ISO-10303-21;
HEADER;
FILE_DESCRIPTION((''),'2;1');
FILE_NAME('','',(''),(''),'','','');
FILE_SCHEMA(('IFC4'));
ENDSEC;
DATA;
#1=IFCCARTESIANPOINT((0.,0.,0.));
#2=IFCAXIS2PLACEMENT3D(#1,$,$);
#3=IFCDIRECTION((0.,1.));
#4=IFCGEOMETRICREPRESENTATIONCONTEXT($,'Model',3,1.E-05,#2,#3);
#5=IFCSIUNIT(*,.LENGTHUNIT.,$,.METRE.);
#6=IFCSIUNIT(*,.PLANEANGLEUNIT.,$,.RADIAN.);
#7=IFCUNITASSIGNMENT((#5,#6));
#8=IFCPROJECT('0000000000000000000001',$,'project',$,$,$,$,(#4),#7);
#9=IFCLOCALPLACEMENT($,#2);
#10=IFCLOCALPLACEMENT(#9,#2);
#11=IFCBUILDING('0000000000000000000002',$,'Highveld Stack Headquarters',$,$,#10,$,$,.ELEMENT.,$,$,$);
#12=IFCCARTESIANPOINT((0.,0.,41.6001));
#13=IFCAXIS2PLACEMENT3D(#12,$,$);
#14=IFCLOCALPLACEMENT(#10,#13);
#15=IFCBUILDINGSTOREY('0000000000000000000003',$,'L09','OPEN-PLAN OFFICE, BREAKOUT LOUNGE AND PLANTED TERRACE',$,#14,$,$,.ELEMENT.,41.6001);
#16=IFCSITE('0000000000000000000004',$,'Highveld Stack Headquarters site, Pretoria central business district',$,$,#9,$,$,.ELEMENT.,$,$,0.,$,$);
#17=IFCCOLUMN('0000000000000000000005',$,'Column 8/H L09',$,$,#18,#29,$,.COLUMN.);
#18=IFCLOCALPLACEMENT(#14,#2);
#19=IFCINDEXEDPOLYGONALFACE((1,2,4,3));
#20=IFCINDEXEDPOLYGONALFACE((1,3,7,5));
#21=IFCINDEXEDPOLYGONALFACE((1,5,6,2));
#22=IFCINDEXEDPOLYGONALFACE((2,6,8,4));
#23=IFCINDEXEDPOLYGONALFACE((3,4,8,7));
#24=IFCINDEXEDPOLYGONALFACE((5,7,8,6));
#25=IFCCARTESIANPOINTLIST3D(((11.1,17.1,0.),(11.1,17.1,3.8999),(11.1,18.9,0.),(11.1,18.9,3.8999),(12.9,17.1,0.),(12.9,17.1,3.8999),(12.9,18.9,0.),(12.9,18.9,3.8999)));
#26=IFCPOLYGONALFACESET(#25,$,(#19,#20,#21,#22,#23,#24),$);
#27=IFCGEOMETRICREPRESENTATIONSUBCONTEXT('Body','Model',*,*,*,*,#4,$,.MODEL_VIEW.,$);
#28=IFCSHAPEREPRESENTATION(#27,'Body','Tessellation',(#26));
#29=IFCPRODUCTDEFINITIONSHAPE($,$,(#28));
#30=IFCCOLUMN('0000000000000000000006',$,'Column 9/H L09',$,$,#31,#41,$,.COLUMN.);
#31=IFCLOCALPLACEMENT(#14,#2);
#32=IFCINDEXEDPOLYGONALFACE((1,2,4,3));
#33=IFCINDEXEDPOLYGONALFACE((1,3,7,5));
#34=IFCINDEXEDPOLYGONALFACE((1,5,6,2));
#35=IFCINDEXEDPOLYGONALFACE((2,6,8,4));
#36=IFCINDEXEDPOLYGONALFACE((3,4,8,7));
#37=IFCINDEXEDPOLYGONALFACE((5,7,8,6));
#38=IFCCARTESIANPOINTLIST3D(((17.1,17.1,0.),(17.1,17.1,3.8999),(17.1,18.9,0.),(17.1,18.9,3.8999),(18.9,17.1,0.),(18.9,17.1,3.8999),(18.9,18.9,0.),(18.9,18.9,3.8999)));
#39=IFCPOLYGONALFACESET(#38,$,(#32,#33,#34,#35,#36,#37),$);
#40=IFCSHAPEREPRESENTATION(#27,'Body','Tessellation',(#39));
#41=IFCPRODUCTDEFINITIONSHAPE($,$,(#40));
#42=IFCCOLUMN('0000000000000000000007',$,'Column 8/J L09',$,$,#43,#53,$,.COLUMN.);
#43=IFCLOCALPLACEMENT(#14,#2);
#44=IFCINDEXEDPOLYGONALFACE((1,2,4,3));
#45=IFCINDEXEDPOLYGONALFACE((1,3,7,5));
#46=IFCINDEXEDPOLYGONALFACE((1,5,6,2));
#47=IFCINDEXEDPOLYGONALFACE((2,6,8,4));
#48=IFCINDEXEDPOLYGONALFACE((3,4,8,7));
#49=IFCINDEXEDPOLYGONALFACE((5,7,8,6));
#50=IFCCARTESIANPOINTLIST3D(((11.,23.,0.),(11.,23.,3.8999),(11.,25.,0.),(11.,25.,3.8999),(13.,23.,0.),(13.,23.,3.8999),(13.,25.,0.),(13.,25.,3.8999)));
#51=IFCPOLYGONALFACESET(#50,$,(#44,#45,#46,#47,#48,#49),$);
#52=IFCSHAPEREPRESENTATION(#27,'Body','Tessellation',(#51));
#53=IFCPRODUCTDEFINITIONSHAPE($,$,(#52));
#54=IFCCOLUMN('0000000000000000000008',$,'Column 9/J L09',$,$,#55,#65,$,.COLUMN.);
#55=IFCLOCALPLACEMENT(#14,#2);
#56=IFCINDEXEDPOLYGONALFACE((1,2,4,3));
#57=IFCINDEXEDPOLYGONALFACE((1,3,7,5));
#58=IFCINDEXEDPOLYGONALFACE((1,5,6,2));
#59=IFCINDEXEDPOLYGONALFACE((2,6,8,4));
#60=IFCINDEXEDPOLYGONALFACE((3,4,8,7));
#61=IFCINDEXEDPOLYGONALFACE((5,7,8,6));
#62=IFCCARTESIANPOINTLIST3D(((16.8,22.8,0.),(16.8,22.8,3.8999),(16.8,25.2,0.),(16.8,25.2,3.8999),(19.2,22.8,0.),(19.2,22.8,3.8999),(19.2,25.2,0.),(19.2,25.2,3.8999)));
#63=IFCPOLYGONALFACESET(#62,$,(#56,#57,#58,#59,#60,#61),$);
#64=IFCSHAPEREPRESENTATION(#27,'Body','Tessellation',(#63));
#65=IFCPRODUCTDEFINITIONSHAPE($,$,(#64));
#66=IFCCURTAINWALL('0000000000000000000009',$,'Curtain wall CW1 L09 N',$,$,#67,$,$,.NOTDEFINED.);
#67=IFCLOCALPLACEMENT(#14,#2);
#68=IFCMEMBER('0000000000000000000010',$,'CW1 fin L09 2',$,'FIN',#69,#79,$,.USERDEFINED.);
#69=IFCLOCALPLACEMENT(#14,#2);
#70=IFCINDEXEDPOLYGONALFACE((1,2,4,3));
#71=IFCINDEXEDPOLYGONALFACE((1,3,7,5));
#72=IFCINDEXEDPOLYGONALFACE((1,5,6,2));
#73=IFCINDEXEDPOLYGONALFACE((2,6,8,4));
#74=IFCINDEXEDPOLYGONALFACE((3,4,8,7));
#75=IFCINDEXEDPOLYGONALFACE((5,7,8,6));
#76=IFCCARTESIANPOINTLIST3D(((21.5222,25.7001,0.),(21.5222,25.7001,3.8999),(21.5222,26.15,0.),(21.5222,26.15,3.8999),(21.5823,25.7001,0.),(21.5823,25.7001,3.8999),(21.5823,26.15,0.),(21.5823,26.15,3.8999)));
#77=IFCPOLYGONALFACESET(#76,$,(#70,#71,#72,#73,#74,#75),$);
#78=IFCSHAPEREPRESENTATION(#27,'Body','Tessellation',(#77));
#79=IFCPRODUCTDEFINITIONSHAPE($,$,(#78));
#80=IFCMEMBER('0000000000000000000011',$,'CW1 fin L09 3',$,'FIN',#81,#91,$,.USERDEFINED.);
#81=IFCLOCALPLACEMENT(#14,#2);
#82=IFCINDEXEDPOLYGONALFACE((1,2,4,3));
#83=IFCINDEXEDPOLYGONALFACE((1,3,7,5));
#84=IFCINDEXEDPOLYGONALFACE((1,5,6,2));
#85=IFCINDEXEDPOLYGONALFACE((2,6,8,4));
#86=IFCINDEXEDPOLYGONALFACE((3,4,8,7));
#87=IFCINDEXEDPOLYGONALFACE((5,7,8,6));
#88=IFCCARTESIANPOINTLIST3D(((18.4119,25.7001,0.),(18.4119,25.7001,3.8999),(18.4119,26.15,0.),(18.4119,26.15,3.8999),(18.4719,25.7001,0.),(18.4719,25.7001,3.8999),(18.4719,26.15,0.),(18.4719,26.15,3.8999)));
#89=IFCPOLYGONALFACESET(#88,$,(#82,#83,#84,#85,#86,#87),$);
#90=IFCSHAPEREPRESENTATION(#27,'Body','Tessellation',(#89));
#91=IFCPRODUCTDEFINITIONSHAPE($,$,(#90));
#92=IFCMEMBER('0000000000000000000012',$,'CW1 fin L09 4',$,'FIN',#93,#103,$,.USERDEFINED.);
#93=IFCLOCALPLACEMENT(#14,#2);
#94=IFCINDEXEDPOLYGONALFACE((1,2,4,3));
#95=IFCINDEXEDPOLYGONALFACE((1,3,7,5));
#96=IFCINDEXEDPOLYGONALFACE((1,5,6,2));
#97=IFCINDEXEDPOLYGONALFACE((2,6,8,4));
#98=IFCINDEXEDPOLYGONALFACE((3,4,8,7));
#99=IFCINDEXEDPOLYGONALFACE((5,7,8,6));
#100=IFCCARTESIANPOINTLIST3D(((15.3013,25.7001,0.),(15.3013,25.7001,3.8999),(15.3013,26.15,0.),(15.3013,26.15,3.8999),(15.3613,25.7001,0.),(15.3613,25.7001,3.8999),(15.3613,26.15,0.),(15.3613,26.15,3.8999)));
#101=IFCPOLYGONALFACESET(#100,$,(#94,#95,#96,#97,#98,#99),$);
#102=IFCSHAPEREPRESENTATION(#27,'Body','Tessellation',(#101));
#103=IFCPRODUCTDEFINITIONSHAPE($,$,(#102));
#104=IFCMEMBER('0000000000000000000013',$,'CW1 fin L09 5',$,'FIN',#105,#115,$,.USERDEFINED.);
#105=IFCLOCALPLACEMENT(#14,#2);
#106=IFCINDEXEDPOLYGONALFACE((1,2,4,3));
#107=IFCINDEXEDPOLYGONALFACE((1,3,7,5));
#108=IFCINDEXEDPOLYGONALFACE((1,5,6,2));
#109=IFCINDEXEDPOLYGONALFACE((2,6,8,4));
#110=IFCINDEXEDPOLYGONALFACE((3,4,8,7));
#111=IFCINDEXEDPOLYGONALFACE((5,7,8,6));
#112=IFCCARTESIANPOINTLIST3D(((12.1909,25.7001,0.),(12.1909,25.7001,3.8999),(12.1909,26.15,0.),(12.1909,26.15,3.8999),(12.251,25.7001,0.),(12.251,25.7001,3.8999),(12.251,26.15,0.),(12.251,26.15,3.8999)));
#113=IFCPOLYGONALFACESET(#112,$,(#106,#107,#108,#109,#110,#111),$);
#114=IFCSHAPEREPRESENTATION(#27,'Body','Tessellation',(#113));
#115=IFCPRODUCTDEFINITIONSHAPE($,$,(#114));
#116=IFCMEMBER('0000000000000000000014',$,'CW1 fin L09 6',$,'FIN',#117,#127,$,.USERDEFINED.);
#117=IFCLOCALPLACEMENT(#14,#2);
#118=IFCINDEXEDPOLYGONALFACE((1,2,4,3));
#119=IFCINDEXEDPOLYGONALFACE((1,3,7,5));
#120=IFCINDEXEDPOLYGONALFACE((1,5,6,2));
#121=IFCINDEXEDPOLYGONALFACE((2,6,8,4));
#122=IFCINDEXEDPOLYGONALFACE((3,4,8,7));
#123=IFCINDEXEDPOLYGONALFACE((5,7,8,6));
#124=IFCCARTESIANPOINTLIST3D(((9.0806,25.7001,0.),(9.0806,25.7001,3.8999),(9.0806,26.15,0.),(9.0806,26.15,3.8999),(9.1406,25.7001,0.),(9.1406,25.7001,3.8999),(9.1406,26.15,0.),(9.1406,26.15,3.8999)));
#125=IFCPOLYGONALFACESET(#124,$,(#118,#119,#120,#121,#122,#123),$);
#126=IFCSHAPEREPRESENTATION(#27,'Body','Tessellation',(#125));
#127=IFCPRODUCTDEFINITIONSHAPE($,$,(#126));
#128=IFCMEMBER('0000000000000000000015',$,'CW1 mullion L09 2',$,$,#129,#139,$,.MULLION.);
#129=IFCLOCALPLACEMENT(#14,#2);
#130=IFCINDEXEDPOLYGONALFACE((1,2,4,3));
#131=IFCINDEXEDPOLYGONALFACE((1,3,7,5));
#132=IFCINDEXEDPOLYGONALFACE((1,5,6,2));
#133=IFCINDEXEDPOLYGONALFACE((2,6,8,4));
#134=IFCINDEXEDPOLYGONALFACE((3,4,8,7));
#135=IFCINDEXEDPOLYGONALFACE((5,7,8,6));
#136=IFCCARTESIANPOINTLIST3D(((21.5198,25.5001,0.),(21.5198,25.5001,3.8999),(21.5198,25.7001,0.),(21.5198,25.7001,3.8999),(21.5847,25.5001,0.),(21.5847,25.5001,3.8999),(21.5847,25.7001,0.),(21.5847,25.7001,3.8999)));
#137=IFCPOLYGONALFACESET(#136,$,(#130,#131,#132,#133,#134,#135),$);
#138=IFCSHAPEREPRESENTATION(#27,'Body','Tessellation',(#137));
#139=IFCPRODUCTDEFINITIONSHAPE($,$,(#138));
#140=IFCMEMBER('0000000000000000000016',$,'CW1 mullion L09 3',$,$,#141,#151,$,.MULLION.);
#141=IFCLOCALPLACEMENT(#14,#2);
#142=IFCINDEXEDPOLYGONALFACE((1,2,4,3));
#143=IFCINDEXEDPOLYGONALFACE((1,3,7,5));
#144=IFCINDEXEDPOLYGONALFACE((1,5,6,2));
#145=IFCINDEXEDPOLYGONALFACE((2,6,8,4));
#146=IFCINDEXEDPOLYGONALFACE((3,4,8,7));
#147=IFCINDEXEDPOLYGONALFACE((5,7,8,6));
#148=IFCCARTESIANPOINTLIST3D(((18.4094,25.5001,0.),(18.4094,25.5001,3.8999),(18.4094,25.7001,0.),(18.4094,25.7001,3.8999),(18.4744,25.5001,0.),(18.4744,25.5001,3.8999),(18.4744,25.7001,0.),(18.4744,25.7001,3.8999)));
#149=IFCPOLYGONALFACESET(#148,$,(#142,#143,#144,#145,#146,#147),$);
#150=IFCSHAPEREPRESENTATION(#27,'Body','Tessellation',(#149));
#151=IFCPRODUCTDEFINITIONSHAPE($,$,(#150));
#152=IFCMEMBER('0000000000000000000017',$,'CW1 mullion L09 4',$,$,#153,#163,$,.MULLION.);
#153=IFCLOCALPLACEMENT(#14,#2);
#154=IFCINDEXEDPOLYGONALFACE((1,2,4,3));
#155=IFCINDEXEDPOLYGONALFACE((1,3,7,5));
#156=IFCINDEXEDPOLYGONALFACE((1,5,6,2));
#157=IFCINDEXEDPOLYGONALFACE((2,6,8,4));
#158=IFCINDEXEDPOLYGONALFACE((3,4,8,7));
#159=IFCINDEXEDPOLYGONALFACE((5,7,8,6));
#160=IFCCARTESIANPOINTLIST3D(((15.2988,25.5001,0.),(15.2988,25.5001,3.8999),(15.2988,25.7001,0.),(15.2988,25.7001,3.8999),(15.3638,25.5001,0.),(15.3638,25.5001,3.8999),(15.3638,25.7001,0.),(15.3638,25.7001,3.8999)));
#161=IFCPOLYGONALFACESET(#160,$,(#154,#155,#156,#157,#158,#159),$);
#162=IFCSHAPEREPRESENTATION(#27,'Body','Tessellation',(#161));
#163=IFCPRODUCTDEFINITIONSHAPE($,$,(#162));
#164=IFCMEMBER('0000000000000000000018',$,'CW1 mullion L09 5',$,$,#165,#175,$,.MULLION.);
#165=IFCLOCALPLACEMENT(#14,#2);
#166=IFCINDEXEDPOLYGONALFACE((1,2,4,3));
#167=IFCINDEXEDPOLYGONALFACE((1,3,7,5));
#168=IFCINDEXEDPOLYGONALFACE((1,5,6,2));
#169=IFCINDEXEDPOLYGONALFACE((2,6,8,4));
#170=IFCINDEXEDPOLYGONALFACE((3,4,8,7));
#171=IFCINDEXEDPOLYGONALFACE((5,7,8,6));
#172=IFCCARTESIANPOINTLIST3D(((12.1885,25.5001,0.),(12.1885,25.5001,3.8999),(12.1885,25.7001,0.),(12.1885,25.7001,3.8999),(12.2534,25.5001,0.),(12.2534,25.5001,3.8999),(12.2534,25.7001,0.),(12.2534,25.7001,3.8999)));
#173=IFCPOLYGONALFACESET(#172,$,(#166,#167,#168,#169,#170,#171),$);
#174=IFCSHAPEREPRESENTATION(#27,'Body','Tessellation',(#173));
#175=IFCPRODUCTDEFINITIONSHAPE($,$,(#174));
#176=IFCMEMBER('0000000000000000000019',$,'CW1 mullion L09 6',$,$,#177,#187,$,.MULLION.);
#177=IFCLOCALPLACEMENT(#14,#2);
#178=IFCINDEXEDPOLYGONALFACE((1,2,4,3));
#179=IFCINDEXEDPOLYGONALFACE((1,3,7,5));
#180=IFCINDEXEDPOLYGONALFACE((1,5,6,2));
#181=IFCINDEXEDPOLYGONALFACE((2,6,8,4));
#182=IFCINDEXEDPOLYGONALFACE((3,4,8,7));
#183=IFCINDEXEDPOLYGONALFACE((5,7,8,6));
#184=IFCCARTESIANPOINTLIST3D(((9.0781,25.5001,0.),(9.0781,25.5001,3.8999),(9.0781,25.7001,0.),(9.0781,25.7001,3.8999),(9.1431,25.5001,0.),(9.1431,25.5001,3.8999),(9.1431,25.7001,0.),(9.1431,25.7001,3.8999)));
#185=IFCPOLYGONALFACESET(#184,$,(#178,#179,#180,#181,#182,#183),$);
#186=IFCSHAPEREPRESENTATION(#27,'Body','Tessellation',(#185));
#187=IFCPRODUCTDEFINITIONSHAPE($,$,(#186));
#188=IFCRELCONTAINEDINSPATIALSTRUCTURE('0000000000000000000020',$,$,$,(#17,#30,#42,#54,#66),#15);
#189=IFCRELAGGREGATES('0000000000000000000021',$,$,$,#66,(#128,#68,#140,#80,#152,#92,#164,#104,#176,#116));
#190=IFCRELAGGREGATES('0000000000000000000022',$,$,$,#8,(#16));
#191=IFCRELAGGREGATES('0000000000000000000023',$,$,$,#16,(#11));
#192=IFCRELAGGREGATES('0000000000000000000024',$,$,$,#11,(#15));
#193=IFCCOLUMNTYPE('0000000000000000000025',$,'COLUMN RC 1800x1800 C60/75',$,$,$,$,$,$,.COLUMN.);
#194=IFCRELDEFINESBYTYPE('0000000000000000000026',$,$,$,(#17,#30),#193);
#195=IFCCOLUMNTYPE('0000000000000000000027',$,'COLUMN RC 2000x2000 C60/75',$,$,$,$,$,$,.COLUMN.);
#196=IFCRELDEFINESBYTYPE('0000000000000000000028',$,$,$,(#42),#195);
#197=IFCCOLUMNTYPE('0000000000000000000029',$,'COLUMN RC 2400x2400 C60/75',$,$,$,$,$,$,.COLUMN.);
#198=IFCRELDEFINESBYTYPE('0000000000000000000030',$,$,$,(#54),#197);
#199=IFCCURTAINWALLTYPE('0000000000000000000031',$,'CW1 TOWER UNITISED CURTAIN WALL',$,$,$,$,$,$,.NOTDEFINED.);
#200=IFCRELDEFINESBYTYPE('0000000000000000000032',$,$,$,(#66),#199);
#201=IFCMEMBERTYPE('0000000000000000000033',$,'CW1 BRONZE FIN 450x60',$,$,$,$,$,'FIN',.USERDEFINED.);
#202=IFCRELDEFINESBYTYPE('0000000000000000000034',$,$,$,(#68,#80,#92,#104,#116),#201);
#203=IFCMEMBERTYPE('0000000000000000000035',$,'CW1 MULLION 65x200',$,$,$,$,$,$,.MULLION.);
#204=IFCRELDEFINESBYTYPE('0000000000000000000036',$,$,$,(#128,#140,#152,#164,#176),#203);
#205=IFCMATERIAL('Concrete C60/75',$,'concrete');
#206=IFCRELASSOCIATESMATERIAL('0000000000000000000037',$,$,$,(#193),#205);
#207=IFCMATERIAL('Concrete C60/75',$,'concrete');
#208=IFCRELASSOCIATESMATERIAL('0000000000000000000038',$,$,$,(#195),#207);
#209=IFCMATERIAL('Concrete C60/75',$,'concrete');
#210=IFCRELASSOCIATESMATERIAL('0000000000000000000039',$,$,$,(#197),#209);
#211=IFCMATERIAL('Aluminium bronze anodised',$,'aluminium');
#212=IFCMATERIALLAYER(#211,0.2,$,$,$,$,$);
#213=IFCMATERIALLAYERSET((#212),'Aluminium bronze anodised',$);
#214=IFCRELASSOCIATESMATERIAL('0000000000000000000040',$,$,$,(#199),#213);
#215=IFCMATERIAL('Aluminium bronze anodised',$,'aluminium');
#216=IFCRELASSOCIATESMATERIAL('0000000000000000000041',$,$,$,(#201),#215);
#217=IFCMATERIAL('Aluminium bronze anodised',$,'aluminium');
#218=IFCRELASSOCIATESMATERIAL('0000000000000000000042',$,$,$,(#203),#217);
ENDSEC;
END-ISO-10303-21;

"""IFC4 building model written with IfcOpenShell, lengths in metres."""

from ifc_helpers import new_model, si_unit, direction, frame, origin, origin_2d, place, context, subcontext, project, spatial, rectangle, extrude, material, layer, layer_set, material_profile, profile_set, type_object, element, aggregate, save


model = new_model("IFC4")

# Units and contexts
model_context = context("Model", 3, precision=1e-05, world=origin(), true_north=direction((0.0, 1.0)))
body_context = subcontext(model_context, "Body", "Model", "MODEL_VIEW")
ifc_project = project(units=[si_unit("LENGTHUNIT", "METRE"), si_unit("PLANEANGLEUNIT", "RADIAN")], contexts=[model_context])

# Site, building, storey
site_placement = place(None, origin())
site = spatial("IfcSite", under=ifc_project, at=site_placement, Name="Highveld Stack Headquarters site, Pretoria central business district", CompositionType="ELEMENT", RefElevation=0.0)
building_placement = place(site_placement, origin())
building = spatial("IfcBuilding", under=site, at=building_placement, Name="Highveld Stack Headquarters", CompositionType="ELEMENT")
storey_placement = place(building_placement, frame((0.0, 0.0, 41.6001)))
storey = spatial("IfcBuildingStorey", under=building, at=storey_placement, Name="L09", Description="OPEN-PLAN OFFICE, BREAKOUT LOUNGE AND PLANTED TERRACE", CompositionType="ELEMENT", Elevation=41.6001)

# Columns
ifc_material_1 = material(Name="Concrete C60/75", Category="concrete")
ifc_material_profile_1 = material_profile(ifc_material_1, rectangle(XDim=1.8, YDim=1.8, at=origin_2d()), Name="RC 1800x1800")
ifc_profile_set_1 = profile_set([ifc_material_profile_1], Name="Concrete C60/75")
column_type_1 = type_object("IfcColumnType", Name="COLUMN RC 1800x1800 C60/75", PredefinedType="COLUMN", material=ifc_profile_set_1)
for number, where, z_axis, x_axis, name in (
    (1, (12.0, 18.0, 0.0), (0.0, 0.0, 1.0), (1.0, 0.0, 0.0), "Column 8/H L09"),
    (2, (18.0, 18.0, 0.0), (0.0, 0.0, 1.0), (1.0, 0.0, 0.0), "Column 9/H L09"),
):
    element("IfcColumn", number, at=place(storey_placement, frame(where, z_axis=z_axis, x_axis=x_axis)), inside=storey, type_object=column_type_1, Name=name, PredefinedType="COLUMN", context=body_context, shape_type="SweptSolid", body=[
        extrude(rectangle(XDim=1.8, YDim=1.8, at=origin_2d()), origin(), (0.0, 0.0, 1.0), 3.8999),
    ])
ifc_material_2 = material(Name="Concrete C60/75", Category="concrete")
ifc_material_profile_2 = material_profile(ifc_material_2, rectangle(XDim=2.0, YDim=2.0, at=origin_2d()), Name="RC 2000x2000")
ifc_profile_set_2 = profile_set([ifc_material_profile_2], Name="Concrete C60/75")
column_type_2 = type_object("IfcColumnType", Name="COLUMN RC 2000x2000 C60/75", PredefinedType="COLUMN", material=ifc_profile_set_2)
column_1_placement = place(storey_placement, frame((12.0, 24.0, 0.0), z_axis=(0.0, 0.0, 1.0), x_axis=(1.0, 0.0, 0.0)))
element("IfcColumn", 3, at=column_1_placement, inside=storey, type_object=column_type_2, Name="Column 8/J L09", PredefinedType="COLUMN", context=body_context, shape_type="SweptSolid", body=[
    extrude(rectangle(XDim=2.0, YDim=2.0, at=origin_2d()), origin(), (0.0, 0.0, 1.0), 3.8999),
])
ifc_material_3 = material(Name="Concrete C60/75", Category="concrete")
ifc_material_profile_3 = material_profile(ifc_material_3, rectangle(XDim=2.3999, YDim=2.3999, at=origin_2d()), Name="RC 2400x2400")
ifc_profile_set_3 = profile_set([ifc_material_profile_3], Name="Concrete C60/75")
column_type_3 = type_object("IfcColumnType", Name="COLUMN RC 2400x2400 C60/75", PredefinedType="COLUMN", material=ifc_profile_set_3)
column_2_placement = place(storey_placement, frame((18.0, 24.0, 0.0), z_axis=(0.0, 0.0, 1.0), x_axis=(1.0, 0.0, 0.0)))
element("IfcColumn", 4, at=column_2_placement, inside=storey, type_object=column_type_3, Name="Column 9/J L09", PredefinedType="COLUMN", context=body_context, shape_type="SweptSolid", body=[
    extrude(rectangle(XDim=2.3999, YDim=2.3999, at=origin_2d()), origin(), (0.0, 0.0, 1.0), 3.8999),
])

# Curtain wall, members
ifc_material_4 = material(Name="Aluminium bronze anodised", Category="aluminium")
ifc_layer_1 = layer(ifc_material_4, 0.2)
ifc_layer_set_1 = layer_set([ifc_layer_1], Name="Aluminium bronze anodised")
curtain_wall_type = type_object("IfcCurtainWallType", Name="CW1 TOWER UNITISED CURTAIN WALL", PredefinedType="NOTDEFINED", material=ifc_layer_set_1)
curtain_wall_placement = place(storey_placement, origin())
curtain_wall = element("IfcCurtainWall", 5, at=curtain_wall_placement, inside=storey, type_object=curtain_wall_type, Name="Curtain wall CW1 L09 N", PredefinedType="NOTDEFINED")
ifc_material_5 = material(Name="Aluminium bronze anodised", Category="aluminium")
ifc_material_profile_4 = material_profile(ifc_material_5, rectangle(XDim=0.45, YDim=0.0601, at=origin_2d()), Name="FIN 450x60")
ifc_profile_set_4 = profile_set([ifc_material_profile_4], Name="Aluminium bronze anodised")
member_type_1 = type_object("IfcMemberType", Name="CW1 BRONZE FIN 450x60", ElementType="FIN", PredefinedType="USERDEFINED", material=ifc_profile_set_4)
member_1_placement = place(storey_placement, frame((21.5522, 25.925, 0.0), z_axis=(0.0, 0.0, 1.0), x_axis=(0.0, -1.0, 0.0)))
member_1 = element("IfcMember", 6, at=member_1_placement, type_object=member_type_1, Name="CW1 fin L09 2", ObjectType="FIN", PredefinedType="USERDEFINED", context=body_context, shape_type="SweptSolid", body=[
    extrude(rectangle(XDim=0.45, YDim=0.0601, at=origin_2d()), origin(), (0.0, 0.0, 1.0), 3.8999),
])
member_2_placement = place(storey_placement, frame((18.4419, 25.925, 0.0), z_axis=(0.0, 0.0, 1.0), x_axis=(0.0, -1.0, 0.0)))
member_2 = element("IfcMember", 7, at=member_2_placement, type_object=member_type_1, Name="CW1 fin L09 3", ObjectType="FIN", PredefinedType="USERDEFINED", context=body_context, shape_type="SweptSolid", body=[
    extrude(rectangle(XDim=0.45, YDim=0.0601, at=origin_2d()), origin(), (0.0, 0.0, 1.0), 3.8999),
])
member_3_placement = place(storey_placement, frame((15.3313, 25.925, 0.0), z_axis=(0.0, 0.0, 1.0), x_axis=(0.0, -1.0, 0.0)))
member_3 = element("IfcMember", 8, at=member_3_placement, type_object=member_type_1, Name="CW1 fin L09 4", ObjectType="FIN", PredefinedType="USERDEFINED", context=body_context, shape_type="SweptSolid", body=[
    extrude(rectangle(XDim=0.45, YDim=0.0601, at=origin_2d()), origin(), (0.0, 0.0, 1.0), 3.8999),
])
member_4_placement = place(storey_placement, frame((12.2209, 25.925, 0.0), z_axis=(0.0, 0.0, 1.0), x_axis=(0.0, -1.0, 0.0)))
member_4 = element("IfcMember", 9, at=member_4_placement, type_object=member_type_1, Name="CW1 fin L09 5", ObjectType="FIN", PredefinedType="USERDEFINED", context=body_context, shape_type="SweptSolid", body=[
    extrude(rectangle(XDim=0.45, YDim=0.0601, at=origin_2d()), origin(), (0.0, 0.0, 1.0), 3.8999),
])
member_5_placement = place(storey_placement, frame((9.1106, 25.925, 0.0), z_axis=(0.0, 0.0, 1.0), x_axis=(0.0, -1.0, 0.0)))
member_5 = element("IfcMember", 10, at=member_5_placement, type_object=member_type_1, Name="CW1 fin L09 6", ObjectType="FIN", PredefinedType="USERDEFINED", context=body_context, shape_type="SweptSolid", body=[
    extrude(rectangle(XDim=0.45, YDim=0.0601, at=origin_2d()), origin(), (0.0, 0.0, 1.0), 3.8999),
])
ifc_material_6 = material(Name="Aluminium bronze anodised", Category="aluminium")
ifc_material_profile_5 = material_profile(ifc_material_6, rectangle(XDim=0.2, YDim=0.0649, at=origin_2d()), Name="CW1 MULLION 65x200")
ifc_profile_set_5 = profile_set([ifc_material_profile_5], Name="Aluminium bronze anodised")
member_type_2 = type_object("IfcMemberType", Name="CW1 MULLION 65x200", PredefinedType="MULLION", material=ifc_profile_set_5)
member_6_placement = place(storey_placement, frame((21.5522, 25.6001, 0.0), z_axis=(0.0, 0.0, 1.0), x_axis=(0.0, -1.0, 0.0)))
member_6 = element("IfcMember", 11, at=member_6_placement, type_object=member_type_2, Name="CW1 mullion L09 2", PredefinedType="MULLION", context=body_context, shape_type="SweptSolid", body=[
    extrude(rectangle(XDim=0.2, YDim=0.0649, at=origin_2d()), origin(), (0.0, 0.0, 1.0), 3.8999),
])
member_7_placement = place(storey_placement, frame((18.4419, 25.6001, 0.0), z_axis=(0.0, 0.0, 1.0), x_axis=(0.0, -1.0, 0.0)))
member_7 = element("IfcMember", 12, at=member_7_placement, type_object=member_type_2, Name="CW1 mullion L09 3", PredefinedType="MULLION", context=body_context, shape_type="SweptSolid", body=[
    extrude(rectangle(XDim=0.2, YDim=0.0649, at=origin_2d()), origin(), (0.0, 0.0, 1.0), 3.8999),
])
member_8_placement = place(storey_placement, frame((15.3313, 25.6001, 0.0), z_axis=(0.0, 0.0, 1.0), x_axis=(0.0, -1.0, 0.0)))
member_8 = element("IfcMember", 13, at=member_8_placement, type_object=member_type_2, Name="CW1 mullion L09 4", PredefinedType="MULLION", context=body_context, shape_type="SweptSolid", body=[
    extrude(rectangle(XDim=0.2, YDim=0.0649, at=origin_2d()), origin(), (0.0, 0.0, 1.0), 3.8999),
])
member_9_placement = place(storey_placement, frame((12.2209, 25.6001, 0.0), z_axis=(0.0, 0.0, 1.0), x_axis=(0.0, -1.0, 0.0)))
member_9 = element("IfcMember", 14, at=member_9_placement, type_object=member_type_2, Name="CW1 mullion L09 5", PredefinedType="MULLION", context=body_context, shape_type="SweptSolid", body=[
    extrude(rectangle(XDim=0.2, YDim=0.0649, at=origin_2d()), origin(), (0.0, 0.0, 1.0), 3.8999),
])
member_10_placement = place(storey_placement, frame((9.1106, 25.6001, 0.0), z_axis=(0.0, 0.0, 1.0), x_axis=(0.0, -1.0, 0.0)))
member_10 = element("IfcMember", 15, at=member_10_placement, type_object=member_type_2, Name="CW1 mullion L09 6", PredefinedType="MULLION", context=body_context, shape_type="SweptSolid", body=[
    extrude(rectangle(XDim=0.2, YDim=0.0649, at=origin_2d()), origin(), (0.0, 0.0, 1.0), 3.8999),
])
aggregate(curtain_wall, [member_6, member_1, member_7, member_2, member_8, member_3, member_9, member_4, member_10, member_5])

save(model, "model.ifc")
